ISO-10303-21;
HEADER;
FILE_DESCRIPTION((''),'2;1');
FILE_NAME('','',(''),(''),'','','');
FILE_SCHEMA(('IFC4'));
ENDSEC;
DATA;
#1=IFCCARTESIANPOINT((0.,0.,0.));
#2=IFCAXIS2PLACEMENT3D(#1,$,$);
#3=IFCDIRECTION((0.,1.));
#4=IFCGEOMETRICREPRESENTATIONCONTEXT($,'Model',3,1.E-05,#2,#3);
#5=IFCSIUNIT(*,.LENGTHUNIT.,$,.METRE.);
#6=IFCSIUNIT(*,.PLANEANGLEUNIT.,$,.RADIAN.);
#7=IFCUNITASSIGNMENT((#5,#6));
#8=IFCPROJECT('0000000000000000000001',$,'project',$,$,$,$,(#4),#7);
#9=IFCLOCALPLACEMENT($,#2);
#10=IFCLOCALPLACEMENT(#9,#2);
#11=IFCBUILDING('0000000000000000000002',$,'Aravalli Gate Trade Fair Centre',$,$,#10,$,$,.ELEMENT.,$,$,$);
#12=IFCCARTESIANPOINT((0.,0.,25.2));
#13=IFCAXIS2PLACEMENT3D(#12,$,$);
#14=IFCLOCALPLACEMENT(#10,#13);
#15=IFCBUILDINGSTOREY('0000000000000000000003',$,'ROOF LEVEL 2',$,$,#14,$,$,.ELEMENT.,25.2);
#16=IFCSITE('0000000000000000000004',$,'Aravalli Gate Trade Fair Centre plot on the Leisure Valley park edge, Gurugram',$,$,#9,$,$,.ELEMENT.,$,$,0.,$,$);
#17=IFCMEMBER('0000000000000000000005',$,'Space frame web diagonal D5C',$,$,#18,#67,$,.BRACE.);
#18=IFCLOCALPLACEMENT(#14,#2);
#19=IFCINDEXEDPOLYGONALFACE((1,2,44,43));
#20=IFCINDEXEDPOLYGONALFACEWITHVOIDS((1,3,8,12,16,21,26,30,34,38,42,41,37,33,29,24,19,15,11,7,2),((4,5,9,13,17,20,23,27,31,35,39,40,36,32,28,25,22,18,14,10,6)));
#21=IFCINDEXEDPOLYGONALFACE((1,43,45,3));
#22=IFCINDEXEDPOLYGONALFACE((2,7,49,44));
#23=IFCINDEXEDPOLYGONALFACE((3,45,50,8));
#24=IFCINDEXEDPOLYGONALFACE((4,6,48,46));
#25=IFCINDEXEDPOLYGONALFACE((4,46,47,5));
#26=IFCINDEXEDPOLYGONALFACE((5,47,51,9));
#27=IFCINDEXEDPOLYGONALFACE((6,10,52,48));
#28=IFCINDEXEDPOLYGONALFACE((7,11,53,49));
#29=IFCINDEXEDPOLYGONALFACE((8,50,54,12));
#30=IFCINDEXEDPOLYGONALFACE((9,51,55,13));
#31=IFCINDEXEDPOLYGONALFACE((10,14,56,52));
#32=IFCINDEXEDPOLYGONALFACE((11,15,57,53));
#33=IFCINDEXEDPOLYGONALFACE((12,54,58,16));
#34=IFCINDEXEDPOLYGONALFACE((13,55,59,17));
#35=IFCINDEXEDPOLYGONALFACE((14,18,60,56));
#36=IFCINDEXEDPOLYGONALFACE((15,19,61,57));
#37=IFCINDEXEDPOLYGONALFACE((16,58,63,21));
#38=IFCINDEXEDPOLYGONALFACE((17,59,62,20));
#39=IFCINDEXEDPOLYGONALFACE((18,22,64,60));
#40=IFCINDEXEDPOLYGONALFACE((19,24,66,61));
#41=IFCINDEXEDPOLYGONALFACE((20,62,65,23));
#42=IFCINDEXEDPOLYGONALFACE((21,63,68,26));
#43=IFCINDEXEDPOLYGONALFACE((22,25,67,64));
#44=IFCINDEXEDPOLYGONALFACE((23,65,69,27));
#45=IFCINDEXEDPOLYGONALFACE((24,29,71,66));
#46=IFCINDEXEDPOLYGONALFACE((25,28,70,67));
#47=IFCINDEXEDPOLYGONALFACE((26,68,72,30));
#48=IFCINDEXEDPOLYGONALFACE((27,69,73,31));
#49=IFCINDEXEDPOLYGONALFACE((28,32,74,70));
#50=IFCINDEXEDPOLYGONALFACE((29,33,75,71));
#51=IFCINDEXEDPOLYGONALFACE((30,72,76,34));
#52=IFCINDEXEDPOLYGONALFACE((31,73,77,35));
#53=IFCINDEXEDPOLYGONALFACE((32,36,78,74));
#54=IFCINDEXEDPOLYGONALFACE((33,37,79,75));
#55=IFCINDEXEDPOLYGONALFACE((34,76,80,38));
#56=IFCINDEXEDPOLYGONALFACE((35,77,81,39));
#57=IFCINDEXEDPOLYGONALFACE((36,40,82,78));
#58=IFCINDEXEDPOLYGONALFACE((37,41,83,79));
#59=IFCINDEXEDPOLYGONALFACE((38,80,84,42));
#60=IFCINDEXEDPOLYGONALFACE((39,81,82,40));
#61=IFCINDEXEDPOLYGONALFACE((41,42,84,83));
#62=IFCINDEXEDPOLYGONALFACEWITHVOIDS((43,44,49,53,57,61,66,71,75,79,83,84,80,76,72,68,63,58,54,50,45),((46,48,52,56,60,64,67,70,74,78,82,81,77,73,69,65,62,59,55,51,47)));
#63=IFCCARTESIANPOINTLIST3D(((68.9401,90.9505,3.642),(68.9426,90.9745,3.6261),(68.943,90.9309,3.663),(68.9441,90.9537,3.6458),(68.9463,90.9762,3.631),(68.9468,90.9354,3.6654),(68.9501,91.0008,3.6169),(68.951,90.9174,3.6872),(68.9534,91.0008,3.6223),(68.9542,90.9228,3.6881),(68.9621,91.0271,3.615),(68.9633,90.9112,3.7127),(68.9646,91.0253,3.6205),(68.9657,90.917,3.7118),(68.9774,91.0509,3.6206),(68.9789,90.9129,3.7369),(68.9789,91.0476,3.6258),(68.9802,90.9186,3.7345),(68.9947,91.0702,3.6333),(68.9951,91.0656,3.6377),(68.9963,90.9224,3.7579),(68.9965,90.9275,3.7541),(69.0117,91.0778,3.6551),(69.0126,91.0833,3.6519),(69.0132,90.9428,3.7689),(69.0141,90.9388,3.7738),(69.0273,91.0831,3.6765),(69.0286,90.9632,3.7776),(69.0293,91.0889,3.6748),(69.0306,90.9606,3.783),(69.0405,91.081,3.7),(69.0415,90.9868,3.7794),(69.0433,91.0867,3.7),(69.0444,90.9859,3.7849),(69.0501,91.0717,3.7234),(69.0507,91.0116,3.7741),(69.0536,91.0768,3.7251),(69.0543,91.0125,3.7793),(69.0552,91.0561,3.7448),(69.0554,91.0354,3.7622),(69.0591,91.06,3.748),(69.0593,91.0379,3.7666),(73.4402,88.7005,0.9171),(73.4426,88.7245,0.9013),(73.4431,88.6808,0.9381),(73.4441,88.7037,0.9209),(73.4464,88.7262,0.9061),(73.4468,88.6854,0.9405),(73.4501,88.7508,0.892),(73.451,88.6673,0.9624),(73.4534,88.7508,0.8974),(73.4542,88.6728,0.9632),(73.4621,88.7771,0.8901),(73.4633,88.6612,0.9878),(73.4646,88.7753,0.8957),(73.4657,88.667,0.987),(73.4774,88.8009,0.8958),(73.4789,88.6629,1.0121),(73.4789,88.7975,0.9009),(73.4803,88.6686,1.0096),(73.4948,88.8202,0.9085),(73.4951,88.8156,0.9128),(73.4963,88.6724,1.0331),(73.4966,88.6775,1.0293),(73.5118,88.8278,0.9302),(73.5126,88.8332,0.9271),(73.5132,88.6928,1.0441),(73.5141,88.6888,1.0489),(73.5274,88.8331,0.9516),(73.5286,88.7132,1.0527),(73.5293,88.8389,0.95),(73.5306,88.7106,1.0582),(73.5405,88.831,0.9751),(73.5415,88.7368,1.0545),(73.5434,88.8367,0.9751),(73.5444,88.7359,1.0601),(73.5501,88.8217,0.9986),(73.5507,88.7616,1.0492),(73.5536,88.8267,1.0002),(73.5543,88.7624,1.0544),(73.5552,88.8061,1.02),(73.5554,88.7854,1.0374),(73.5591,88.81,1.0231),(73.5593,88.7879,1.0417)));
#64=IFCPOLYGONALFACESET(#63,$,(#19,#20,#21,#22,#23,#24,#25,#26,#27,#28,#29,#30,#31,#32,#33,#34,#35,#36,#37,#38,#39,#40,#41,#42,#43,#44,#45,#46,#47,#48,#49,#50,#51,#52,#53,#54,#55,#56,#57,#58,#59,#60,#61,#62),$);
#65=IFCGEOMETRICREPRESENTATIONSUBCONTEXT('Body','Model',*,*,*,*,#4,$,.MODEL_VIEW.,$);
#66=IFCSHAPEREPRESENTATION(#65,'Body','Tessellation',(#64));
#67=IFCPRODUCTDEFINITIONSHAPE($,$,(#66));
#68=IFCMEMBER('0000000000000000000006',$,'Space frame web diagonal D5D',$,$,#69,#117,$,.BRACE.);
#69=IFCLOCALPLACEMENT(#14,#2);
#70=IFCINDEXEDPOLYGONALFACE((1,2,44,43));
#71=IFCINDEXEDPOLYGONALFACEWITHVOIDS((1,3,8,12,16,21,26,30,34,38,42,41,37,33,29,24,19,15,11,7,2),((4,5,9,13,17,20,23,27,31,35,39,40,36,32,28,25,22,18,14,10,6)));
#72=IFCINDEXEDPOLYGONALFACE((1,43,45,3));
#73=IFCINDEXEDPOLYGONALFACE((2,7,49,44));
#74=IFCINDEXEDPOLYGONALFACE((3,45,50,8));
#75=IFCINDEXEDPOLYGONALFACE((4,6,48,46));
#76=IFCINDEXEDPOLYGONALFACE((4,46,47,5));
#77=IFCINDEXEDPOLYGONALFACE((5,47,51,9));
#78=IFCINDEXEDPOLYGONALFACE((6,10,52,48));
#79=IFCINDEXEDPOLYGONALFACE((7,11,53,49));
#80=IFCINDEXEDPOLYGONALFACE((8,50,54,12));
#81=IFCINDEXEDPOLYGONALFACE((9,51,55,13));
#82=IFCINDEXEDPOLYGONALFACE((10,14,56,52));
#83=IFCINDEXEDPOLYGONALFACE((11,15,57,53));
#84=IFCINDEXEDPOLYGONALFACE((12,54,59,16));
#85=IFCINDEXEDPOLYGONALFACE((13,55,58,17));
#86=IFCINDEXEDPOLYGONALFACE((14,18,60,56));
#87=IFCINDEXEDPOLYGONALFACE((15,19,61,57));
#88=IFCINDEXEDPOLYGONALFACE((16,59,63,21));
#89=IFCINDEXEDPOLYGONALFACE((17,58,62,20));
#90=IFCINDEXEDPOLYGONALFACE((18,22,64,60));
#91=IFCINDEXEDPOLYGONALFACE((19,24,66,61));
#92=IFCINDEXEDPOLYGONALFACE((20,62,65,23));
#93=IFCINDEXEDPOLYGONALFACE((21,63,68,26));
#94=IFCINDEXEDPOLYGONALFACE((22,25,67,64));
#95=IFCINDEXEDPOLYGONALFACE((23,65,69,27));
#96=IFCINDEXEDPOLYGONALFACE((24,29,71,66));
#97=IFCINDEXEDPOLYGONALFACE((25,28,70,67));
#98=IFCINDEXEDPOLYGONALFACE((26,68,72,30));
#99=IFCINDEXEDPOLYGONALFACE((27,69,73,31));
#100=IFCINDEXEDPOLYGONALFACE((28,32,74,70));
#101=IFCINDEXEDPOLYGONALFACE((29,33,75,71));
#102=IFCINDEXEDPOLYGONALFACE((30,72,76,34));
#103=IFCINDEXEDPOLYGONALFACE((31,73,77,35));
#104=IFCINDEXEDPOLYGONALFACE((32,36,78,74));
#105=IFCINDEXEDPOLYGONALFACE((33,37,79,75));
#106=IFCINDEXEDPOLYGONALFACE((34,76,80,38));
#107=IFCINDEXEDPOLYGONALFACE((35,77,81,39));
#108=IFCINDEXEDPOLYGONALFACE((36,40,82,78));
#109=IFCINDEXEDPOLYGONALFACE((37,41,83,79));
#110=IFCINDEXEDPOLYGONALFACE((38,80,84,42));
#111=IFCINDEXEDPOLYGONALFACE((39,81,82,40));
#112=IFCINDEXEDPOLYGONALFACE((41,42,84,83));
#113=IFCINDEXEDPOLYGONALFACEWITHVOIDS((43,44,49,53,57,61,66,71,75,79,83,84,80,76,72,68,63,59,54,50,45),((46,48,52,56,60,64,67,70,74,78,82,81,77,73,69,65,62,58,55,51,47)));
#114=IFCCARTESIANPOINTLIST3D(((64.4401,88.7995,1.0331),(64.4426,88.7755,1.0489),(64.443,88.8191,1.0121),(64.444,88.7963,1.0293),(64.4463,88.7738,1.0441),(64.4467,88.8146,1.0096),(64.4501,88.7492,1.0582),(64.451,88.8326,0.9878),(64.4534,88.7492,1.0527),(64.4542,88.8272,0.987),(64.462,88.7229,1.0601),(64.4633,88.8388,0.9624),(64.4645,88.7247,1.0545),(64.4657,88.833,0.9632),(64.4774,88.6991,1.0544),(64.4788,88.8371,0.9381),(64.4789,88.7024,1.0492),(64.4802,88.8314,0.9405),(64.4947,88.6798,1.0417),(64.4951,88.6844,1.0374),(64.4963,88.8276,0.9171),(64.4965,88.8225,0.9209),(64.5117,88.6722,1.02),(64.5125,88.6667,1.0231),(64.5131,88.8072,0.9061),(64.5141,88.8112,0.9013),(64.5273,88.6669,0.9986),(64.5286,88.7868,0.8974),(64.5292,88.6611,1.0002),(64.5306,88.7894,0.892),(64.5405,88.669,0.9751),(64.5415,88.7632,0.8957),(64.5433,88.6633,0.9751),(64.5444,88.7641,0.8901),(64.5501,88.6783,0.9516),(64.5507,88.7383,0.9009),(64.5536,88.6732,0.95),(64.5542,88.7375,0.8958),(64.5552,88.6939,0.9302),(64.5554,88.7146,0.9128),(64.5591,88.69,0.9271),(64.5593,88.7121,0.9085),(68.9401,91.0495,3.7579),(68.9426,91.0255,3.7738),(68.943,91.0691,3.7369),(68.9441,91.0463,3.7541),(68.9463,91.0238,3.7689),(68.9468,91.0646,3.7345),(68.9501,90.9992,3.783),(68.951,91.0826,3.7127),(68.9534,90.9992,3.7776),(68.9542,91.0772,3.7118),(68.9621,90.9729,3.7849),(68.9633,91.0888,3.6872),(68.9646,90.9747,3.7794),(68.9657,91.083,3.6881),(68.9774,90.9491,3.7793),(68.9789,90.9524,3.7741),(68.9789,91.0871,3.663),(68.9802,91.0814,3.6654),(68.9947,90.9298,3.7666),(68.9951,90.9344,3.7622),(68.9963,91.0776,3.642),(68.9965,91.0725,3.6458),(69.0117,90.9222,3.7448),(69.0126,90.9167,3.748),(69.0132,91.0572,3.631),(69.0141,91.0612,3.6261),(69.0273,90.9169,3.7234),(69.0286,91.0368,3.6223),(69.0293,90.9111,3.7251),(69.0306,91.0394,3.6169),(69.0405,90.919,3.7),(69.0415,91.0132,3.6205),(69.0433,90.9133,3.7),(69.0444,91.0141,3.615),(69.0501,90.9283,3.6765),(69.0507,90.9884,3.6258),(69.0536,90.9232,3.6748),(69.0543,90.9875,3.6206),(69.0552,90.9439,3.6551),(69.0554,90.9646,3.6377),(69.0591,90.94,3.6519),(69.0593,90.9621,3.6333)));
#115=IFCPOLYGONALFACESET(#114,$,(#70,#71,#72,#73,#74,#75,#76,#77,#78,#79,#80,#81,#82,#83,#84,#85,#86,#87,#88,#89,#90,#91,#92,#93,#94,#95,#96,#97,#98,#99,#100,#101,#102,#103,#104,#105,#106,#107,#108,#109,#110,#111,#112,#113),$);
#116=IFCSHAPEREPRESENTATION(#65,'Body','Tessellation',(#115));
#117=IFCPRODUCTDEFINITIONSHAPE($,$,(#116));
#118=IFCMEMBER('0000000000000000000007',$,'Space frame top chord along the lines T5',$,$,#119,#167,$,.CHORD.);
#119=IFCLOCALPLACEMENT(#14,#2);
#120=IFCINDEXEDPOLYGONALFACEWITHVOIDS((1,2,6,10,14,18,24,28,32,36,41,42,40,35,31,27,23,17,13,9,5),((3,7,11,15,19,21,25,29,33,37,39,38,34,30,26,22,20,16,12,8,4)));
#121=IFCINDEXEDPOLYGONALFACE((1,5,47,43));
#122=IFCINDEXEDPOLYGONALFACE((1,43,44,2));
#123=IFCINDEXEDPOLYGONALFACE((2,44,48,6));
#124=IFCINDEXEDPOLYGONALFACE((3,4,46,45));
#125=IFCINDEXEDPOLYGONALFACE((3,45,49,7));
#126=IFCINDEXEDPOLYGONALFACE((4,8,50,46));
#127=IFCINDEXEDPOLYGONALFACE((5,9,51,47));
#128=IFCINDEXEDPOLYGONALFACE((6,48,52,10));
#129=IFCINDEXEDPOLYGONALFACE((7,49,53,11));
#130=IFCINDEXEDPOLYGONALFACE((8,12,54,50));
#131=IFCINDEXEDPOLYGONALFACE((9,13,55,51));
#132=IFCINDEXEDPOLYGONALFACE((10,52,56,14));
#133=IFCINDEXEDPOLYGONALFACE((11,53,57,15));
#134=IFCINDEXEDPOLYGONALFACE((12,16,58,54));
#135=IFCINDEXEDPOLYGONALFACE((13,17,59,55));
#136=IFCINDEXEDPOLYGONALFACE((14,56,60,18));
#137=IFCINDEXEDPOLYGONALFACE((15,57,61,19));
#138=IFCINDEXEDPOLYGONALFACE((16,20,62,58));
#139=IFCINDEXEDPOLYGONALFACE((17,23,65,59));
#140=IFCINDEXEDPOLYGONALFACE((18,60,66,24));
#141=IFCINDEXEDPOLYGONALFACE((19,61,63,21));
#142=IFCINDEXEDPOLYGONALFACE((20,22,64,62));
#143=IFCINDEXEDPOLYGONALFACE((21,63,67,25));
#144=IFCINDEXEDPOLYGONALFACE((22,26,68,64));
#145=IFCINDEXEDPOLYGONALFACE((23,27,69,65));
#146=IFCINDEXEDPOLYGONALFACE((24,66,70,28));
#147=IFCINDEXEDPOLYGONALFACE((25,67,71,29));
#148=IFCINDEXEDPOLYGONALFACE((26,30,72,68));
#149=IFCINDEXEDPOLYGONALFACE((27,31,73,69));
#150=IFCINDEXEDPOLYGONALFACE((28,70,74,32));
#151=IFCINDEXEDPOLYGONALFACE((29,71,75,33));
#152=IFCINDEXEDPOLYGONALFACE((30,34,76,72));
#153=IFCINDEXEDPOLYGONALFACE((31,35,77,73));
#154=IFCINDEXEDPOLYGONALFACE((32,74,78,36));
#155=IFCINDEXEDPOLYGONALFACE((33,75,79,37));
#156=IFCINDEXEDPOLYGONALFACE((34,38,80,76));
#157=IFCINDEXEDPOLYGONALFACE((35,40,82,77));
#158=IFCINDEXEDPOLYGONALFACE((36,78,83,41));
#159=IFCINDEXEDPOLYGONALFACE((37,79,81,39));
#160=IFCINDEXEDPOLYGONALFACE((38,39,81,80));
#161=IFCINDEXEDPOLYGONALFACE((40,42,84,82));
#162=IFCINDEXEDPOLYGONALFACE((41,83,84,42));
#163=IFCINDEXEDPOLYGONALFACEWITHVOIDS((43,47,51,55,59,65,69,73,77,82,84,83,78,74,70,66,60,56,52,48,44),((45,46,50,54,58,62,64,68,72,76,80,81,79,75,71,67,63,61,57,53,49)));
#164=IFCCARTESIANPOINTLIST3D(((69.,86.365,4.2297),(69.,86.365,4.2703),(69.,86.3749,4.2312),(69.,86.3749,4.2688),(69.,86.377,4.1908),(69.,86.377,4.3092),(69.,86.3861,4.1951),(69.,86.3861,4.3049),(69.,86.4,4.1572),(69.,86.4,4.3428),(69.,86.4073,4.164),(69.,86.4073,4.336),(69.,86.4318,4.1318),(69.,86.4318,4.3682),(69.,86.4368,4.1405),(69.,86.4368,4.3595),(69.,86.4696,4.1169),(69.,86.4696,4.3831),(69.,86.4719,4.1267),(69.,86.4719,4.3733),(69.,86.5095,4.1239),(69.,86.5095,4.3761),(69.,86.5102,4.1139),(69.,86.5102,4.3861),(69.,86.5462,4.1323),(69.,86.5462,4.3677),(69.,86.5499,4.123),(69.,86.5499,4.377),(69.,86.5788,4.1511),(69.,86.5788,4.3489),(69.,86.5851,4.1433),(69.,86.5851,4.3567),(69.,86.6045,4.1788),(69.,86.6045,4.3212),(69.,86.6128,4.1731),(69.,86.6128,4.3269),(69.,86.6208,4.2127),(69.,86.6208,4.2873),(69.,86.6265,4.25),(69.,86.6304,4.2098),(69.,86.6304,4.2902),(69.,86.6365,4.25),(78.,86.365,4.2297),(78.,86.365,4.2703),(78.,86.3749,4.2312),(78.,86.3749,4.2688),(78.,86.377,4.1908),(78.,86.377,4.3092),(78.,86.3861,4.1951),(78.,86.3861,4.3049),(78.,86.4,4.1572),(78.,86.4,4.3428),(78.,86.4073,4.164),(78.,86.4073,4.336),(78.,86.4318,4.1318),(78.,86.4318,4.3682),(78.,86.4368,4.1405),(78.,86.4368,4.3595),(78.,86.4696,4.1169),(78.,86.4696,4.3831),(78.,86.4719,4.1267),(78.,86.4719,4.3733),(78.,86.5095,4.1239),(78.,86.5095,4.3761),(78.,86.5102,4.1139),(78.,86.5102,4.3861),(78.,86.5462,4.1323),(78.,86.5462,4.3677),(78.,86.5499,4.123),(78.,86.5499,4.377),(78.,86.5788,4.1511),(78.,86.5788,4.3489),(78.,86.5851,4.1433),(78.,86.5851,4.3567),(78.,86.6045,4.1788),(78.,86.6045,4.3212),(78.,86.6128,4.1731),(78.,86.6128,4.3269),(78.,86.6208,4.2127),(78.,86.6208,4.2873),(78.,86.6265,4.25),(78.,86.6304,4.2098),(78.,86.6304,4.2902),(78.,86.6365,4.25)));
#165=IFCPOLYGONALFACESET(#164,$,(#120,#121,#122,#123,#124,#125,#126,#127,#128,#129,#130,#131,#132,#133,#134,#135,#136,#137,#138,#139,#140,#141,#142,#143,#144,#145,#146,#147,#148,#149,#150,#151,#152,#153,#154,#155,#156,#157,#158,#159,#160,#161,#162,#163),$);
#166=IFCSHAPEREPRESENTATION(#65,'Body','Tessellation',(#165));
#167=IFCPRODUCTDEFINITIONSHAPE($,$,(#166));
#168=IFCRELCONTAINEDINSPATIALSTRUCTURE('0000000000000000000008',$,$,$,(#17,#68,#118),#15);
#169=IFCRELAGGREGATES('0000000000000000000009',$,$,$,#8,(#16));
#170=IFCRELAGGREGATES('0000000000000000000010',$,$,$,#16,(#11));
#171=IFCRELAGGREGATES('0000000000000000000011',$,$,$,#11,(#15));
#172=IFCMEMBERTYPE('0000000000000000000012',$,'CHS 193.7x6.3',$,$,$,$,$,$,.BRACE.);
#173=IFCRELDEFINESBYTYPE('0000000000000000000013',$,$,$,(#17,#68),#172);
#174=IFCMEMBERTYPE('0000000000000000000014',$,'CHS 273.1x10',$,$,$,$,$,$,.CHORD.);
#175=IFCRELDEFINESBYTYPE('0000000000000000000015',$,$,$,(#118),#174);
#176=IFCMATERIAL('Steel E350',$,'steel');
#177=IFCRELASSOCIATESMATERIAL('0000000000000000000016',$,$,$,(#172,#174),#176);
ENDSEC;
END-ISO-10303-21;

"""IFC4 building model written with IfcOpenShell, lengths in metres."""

from ifc_helpers import new_model, si_unit, direction, frame, origin, origin_2d, place, context, subcontext, project, spatial, hollow_circle, extrude, material, material_profile, profile_set, type_object, element, save


model = new_model("IFC4")

# Units and contexts
model_context = context("Model", 3, precision=1e-05, world=origin(), true_north=direction((0.0, 1.0)))
body_context = subcontext(model_context, "Body", "Model", "MODEL_VIEW")
ifc_project = project(units=[si_unit("LENGTHUNIT", "METRE"), si_unit("PLANEANGLEUNIT", "RADIAN")], contexts=[model_context])

# Site, building, storey
site_placement = place(None, origin())
site = spatial("IfcSite", under=ifc_project, at=site_placement, Name="Aravalli Gate Trade Fair Centre plot on the Leisure Valley park edge, Gurugram", CompositionType="ELEMENT", RefElevation=0.0)
building_placement = place(site_placement, origin())
building = spatial("IfcBuilding", under=site, at=building_placement, Name="Aravalli Gate Trade Fair Centre", CompositionType="ELEMENT")
storey_placement = place(building_placement, frame((0.0, 0.0, 25.2)))
storey = spatial("IfcBuildingStorey", under=building, at=storey_placement, Name="ROOF LEVEL 2", CompositionType="ELEMENT", Elevation=25.2)

# Members
ifc_material_1 = material(Name="Steel E350", Category="steel")
ifc_material_profile_1 = material_profile(ifc_material_1, hollow_circle(Radius=0.0969, WallThickness=0.0063, at=origin_2d()), Name="CHS 193.7x6.3")
ifc_profile_set_1 = profile_set([ifc_material_profile_1], Name="Steel E350")
member_type_1 = type_object("IfcMemberType", Name="CHS 193.7x6.3", PredefinedType="BRACE", material=ifc_profile_set_1)
for number, where, z_axis, x_axis, name in (
    (1, (69.0, 91.0, 3.7), (0.786486, -0.393243, -0.476235), (0.447214, 0.894427, 0.0), "Space frame web diagonal D5C"),
    (2, (69.0, 91.0, 3.7), (-0.786486, -0.393243, -0.476235), (0.447214, -0.894427, 0.0), "Space frame web diagonal D5D"),
):
    element("IfcMember", number, at=place(storey_placement, frame(where, z_axis=z_axis, x_axis=x_axis)), inside=storey, type_object=member_type_1, Name=name, PredefinedType="BRACE", context=body_context, shape_type="SweptSolid", body=[
        extrude(hollow_circle(Radius=0.0969, WallThickness=0.0063, at=origin_2d()), origin(), (0.0, 0.0, 1.0), 5.7217),
    ])
ifc_material_profile_2 = material_profile(ifc_material_1, hollow_circle(Radius=0.1365, WallThickness=0.01, at=origin_2d()), Name="CHS 273.1x10")
ifc_profile_set_2 = profile_set([ifc_material_profile_2], Name="Steel E350")
member_type_2 = type_object("IfcMemberType", Name="CHS 273.1x10", PredefinedType="CHORD", material=ifc_profile_set_2)
for number, where, z_axis, x_axis, name in (
    (3, (69.0, 86.5, 4.25), (1.0, 0.0, 0.0), (0.0, 1.0, 0.0), "Space frame top chord along the lines T5"),
):
    element("IfcMember", number, at=place(storey_placement, frame(where, z_axis=z_axis, x_axis=x_axis)), inside=storey, type_object=member_type_2, Name=name, PredefinedType="CHORD", context=body_context, shape_type="SweptSolid", body=[
        extrude(hollow_circle(Radius=0.1365, WallThickness=0.01, at=origin_2d()), origin(), (0.0, 0.0, 1.0), 9.0),
    ])

save(model, "model.ifc")
